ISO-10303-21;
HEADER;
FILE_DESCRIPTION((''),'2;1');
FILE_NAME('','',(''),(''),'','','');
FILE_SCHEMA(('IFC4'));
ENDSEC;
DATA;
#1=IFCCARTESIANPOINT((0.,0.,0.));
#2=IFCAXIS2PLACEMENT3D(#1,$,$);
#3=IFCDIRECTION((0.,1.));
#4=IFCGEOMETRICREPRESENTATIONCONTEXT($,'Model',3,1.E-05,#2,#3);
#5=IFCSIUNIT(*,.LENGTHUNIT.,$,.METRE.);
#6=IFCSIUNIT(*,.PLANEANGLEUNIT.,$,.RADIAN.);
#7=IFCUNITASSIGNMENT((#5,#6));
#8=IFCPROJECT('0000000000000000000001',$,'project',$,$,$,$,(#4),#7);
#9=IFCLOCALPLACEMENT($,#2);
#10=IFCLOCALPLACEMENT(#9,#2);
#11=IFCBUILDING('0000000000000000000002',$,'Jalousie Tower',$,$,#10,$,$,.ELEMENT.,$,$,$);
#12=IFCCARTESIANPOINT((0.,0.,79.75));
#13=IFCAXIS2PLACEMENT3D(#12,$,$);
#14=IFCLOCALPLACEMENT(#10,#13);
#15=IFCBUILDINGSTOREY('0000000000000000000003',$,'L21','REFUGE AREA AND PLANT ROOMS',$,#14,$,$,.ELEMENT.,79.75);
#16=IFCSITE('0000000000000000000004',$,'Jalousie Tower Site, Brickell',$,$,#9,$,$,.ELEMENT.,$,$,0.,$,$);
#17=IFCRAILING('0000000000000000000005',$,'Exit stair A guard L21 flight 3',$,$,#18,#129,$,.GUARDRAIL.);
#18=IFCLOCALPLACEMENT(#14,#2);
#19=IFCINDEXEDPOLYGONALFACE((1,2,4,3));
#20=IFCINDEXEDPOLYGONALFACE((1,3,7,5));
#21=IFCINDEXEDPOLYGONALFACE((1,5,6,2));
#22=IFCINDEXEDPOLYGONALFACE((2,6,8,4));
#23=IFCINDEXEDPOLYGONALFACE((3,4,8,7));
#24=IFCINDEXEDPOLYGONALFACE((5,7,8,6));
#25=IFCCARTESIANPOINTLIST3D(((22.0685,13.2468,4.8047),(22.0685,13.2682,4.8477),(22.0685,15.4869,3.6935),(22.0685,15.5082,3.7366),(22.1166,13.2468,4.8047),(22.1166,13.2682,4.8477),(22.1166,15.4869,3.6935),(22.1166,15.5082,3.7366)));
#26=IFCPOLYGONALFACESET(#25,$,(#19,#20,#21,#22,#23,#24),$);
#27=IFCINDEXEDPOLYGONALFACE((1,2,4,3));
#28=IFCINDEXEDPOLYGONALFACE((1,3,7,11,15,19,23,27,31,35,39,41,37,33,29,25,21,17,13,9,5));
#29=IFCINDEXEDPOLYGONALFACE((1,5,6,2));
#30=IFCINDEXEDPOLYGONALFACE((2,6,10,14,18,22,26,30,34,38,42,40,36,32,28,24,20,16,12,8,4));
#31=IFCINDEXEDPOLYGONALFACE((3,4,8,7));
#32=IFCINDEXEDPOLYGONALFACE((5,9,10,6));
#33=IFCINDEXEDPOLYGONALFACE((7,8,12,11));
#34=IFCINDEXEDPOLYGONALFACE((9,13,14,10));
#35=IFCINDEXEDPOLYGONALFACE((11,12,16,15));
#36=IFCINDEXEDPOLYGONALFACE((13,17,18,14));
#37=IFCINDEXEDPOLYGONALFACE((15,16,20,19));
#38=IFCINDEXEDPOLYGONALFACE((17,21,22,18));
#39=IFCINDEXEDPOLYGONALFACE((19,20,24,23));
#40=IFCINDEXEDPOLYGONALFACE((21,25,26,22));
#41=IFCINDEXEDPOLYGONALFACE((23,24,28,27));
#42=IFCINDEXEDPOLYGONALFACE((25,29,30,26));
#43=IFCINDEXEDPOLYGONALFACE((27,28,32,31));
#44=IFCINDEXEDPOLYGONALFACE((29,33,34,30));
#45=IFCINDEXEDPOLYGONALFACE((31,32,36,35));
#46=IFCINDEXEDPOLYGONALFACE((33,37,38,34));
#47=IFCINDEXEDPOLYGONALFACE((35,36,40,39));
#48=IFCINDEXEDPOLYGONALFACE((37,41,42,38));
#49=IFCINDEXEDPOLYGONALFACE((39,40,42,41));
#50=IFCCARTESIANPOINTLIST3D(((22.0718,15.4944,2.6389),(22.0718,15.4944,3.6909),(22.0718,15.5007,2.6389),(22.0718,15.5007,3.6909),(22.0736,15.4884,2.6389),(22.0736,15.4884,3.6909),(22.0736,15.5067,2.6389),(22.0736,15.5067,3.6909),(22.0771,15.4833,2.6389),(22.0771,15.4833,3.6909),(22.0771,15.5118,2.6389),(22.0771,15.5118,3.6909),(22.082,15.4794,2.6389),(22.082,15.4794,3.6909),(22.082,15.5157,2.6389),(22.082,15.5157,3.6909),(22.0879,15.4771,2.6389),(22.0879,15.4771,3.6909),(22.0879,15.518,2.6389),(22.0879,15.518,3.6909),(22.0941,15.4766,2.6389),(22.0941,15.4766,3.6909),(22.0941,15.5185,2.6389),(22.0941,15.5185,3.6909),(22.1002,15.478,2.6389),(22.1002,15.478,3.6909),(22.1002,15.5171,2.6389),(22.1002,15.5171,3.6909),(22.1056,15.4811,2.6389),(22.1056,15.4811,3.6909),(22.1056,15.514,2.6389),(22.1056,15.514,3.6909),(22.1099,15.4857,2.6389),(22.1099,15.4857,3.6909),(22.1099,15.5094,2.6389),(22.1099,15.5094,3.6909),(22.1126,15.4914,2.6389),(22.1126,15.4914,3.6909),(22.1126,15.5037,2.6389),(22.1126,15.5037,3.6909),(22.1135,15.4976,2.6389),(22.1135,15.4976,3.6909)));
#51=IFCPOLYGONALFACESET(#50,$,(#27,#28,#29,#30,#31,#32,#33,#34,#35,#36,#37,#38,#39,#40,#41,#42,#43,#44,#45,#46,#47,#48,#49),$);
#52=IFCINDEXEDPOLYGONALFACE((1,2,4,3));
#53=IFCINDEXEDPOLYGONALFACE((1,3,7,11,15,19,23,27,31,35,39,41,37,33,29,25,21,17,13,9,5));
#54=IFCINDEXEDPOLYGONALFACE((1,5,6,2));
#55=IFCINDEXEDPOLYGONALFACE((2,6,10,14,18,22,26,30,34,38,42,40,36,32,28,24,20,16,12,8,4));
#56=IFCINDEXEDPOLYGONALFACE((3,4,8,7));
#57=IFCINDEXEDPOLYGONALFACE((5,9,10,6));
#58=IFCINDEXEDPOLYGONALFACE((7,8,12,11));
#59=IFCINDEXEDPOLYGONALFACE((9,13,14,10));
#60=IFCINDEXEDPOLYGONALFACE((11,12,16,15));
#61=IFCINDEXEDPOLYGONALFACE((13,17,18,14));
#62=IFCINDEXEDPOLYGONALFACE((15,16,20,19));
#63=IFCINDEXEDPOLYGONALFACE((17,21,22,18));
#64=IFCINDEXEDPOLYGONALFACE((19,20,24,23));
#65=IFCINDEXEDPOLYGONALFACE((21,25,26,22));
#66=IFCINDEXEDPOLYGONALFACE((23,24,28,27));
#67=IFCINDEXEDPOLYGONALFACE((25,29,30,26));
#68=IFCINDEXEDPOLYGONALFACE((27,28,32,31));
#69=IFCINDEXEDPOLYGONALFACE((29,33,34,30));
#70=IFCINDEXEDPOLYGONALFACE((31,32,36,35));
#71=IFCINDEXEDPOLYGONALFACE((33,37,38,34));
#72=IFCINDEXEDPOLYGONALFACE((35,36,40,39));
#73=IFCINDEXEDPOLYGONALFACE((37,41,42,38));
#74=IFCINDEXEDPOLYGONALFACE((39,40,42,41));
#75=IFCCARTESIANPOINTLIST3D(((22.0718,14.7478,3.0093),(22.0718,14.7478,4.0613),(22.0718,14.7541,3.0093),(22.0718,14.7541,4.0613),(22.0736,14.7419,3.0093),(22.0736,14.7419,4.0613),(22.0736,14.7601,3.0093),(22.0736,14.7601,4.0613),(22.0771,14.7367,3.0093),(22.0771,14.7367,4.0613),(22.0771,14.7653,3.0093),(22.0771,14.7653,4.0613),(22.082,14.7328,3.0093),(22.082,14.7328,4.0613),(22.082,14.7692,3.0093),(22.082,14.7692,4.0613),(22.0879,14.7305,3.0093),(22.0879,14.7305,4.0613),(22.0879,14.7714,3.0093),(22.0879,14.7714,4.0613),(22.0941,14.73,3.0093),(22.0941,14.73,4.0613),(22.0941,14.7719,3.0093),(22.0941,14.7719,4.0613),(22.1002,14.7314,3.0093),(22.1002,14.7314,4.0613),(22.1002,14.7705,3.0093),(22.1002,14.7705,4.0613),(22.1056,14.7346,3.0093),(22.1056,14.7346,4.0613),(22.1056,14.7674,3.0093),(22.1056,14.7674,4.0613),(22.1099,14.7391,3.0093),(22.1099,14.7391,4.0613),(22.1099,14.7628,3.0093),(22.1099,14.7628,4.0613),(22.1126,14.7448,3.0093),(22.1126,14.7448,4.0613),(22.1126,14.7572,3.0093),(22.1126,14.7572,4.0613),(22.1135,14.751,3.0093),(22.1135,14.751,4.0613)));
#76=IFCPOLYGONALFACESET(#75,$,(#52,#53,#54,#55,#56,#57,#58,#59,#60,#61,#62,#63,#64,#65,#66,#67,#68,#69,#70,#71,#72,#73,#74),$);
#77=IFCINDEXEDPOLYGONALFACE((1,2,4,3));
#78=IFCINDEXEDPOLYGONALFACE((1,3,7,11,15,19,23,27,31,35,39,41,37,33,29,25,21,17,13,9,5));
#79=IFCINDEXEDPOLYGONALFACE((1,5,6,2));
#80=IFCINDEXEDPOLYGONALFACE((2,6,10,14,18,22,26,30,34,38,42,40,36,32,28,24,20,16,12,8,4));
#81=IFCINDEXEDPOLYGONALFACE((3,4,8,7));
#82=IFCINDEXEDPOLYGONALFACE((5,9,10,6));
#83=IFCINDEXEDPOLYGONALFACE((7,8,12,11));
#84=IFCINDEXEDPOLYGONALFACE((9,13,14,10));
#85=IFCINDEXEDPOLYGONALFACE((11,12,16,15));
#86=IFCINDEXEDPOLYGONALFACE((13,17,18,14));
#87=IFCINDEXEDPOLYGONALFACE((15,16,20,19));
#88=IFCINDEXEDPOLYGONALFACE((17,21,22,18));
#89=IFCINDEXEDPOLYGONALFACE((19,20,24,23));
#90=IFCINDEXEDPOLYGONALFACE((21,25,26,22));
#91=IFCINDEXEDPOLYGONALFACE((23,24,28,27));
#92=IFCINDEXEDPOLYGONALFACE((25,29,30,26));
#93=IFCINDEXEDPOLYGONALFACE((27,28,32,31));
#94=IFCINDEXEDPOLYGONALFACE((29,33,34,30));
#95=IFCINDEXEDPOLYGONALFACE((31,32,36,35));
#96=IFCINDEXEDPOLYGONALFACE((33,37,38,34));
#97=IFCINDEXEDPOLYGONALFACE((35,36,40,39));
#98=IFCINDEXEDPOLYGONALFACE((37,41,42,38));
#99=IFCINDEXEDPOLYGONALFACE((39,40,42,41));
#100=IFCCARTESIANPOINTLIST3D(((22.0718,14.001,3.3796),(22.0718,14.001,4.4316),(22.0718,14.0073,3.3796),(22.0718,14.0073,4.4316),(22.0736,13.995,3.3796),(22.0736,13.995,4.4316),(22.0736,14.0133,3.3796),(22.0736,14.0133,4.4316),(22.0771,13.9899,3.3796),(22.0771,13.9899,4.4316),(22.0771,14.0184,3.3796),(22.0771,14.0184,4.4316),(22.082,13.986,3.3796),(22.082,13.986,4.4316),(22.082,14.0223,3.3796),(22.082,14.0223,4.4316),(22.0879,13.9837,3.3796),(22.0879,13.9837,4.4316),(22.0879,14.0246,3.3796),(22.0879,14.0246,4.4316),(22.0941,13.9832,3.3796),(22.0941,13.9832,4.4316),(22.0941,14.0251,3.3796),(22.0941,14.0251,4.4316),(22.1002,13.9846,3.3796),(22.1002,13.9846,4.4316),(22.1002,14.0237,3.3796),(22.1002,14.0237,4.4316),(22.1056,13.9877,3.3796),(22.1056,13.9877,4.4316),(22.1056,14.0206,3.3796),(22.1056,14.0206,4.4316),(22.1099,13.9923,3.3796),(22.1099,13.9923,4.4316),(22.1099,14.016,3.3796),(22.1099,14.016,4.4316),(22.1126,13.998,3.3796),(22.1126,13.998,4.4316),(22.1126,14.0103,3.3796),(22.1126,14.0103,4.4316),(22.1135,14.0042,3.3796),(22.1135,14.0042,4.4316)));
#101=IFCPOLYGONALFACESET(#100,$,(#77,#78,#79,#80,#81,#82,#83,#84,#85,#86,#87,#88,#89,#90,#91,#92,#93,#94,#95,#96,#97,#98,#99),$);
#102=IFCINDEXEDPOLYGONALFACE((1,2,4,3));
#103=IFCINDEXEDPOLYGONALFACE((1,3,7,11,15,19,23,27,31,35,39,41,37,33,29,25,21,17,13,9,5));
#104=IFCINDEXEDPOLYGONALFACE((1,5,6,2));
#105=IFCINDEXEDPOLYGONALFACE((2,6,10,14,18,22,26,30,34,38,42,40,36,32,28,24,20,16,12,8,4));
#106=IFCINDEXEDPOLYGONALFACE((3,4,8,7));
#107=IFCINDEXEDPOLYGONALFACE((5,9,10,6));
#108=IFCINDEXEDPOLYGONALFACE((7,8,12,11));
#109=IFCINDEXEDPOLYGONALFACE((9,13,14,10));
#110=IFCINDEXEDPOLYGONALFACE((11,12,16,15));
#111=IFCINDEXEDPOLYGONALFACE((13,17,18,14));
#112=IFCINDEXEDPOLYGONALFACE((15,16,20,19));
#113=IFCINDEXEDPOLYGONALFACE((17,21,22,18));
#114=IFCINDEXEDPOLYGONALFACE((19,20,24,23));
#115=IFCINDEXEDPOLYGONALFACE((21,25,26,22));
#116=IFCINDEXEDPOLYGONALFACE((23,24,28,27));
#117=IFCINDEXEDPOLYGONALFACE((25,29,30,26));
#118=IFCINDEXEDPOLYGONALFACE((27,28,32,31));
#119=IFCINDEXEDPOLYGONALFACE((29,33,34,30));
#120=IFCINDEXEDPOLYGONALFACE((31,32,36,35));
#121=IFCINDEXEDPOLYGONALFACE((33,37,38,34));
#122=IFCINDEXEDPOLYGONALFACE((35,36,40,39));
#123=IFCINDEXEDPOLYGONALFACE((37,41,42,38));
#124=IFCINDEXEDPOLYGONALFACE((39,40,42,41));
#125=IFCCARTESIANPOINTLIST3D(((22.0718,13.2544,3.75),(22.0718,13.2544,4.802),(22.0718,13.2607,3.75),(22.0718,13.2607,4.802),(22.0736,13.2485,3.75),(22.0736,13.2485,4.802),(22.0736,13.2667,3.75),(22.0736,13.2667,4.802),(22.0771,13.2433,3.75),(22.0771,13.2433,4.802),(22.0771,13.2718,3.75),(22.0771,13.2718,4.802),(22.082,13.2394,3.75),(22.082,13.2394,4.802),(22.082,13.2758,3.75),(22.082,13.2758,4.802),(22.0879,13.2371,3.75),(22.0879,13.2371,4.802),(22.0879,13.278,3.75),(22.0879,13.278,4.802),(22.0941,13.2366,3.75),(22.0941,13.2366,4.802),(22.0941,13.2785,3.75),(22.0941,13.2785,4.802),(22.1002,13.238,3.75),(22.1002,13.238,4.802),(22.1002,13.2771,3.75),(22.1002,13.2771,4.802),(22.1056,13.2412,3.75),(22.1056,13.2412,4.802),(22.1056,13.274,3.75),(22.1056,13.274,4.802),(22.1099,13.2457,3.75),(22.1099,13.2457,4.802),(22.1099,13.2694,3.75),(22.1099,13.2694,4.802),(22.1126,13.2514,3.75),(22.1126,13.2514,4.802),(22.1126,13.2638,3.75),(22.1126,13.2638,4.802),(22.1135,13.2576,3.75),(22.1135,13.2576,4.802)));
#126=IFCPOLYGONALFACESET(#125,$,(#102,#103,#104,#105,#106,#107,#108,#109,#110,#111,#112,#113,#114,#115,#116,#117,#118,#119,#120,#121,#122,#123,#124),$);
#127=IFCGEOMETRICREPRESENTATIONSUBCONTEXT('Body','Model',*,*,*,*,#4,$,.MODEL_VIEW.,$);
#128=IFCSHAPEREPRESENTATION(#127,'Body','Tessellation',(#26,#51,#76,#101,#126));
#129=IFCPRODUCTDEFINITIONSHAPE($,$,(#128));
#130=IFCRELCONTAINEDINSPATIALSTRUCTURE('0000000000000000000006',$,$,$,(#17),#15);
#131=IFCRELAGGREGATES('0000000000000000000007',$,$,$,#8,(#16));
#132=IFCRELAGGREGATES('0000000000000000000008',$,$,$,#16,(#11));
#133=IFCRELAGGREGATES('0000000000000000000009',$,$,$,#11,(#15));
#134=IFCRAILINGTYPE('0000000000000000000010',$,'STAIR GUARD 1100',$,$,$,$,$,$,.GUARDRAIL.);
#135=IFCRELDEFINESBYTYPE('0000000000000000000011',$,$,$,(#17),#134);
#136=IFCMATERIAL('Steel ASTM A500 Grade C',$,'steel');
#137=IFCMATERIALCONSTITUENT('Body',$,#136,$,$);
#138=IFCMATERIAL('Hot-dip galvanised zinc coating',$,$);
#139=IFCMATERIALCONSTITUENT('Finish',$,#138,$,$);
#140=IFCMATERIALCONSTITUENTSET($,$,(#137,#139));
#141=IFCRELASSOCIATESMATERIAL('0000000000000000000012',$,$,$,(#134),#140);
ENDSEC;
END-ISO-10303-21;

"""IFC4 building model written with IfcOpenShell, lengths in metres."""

from ifc_helpers import new_model, si_unit, direction, frame, origin, origin_2d, place, context, subcontext, project, spatial, rectangle, circle, extrude, material, constituent, constituent_set, type_object, element, save


model = new_model("IFC4")

# Units and contexts
model_context = context("Model", 3, precision=1e-05, world=origin(), true_north=direction((0.0, 1.0)))
body_context = subcontext(model_context, "Body", "Model", "MODEL_VIEW")
ifc_project = project(units=[si_unit("LENGTHUNIT", "METRE"), si_unit("PLANEANGLEUNIT", "RADIAN")], contexts=[model_context])

# Site, building, storey
site_placement = place(None, origin())
site = spatial("IfcSite", under=ifc_project, at=site_placement, Name="Jalousie Tower Site, Brickell", CompositionType="ELEMENT", RefElevation=0.0)
building_placement = place(site_placement, origin())
building = spatial("IfcBuilding", under=site, at=building_placement, Name="Jalousie Tower", CompositionType="ELEMENT")
storey_placement = place(building_placement, frame((0.0, 0.0, 79.75)))
storey = spatial("IfcBuildingStorey", under=building, at=storey_placement, Name="L21", Description="REFUGE AREA AND PLANT ROOMS", CompositionType="ELEMENT", Elevation=79.75)

# Railing
ifc_material_1 = material(Name="Steel ASTM A500 Grade C", Category="steel")
ifc_constituent_1 = constituent(ifc_material_1, Name="Body")
ifc_material_2 = material(Name="Hot-dip galvanised zinc coating")
ifc_constituent_2 = constituent(ifc_material_2, Name="Finish")
ifc_constituent_set_1 = constituent_set(constituents=[ifc_constituent_1, ifc_constituent_2])
railing_type_1 = type_object("IfcRailingType", Name="STAIR GUARD 1100", PredefinedType="GUARDRAIL", material=ifc_constituent_set_1)
for number, where, name in (
    (1, (22.0925, 15.4976, 2.6389), "Exit stair A guard L21 flight 3"),
):
    element("IfcRailing", number, at=place(storey_placement, frame(where)), inside=storey, type_object=railing_type_1, Name=name, PredefinedType="GUARDRAIL", context=body_context, shape_type="SweptSolid", body=[
        extrude(rectangle(XDim=0.0481, YDim=0.0481, at=origin_2d()), frame((0.0, 0.0, 1.0762), z_axis=(0.0, -0.895848, 0.44436), x_axis=(1.0, 0.0, 0.0)), (0.0, 0.0, 1.0), 2.5005),
        extrude(circle(Radius=0.021, at=origin_2d()), origin(), (0.0, 0.0, 1.0), 1.052),
        extrude(circle(Radius=0.021, at=origin_2d()), frame((0.0, -0.7466, 0.3704)), (0.0, 0.0, 1.0), 1.052),
        extrude(circle(Radius=0.021, at=origin_2d()), frame((0.0, -1.4934, 0.7407)), (0.0, 0.0, 1.0), 1.052),
        extrude(circle(Radius=0.021, at=origin_2d()), frame((0.0, -2.24, 1.1111)), (0.0, 0.0, 1.0), 1.052),
    ])

save(model, "model.ifc")
